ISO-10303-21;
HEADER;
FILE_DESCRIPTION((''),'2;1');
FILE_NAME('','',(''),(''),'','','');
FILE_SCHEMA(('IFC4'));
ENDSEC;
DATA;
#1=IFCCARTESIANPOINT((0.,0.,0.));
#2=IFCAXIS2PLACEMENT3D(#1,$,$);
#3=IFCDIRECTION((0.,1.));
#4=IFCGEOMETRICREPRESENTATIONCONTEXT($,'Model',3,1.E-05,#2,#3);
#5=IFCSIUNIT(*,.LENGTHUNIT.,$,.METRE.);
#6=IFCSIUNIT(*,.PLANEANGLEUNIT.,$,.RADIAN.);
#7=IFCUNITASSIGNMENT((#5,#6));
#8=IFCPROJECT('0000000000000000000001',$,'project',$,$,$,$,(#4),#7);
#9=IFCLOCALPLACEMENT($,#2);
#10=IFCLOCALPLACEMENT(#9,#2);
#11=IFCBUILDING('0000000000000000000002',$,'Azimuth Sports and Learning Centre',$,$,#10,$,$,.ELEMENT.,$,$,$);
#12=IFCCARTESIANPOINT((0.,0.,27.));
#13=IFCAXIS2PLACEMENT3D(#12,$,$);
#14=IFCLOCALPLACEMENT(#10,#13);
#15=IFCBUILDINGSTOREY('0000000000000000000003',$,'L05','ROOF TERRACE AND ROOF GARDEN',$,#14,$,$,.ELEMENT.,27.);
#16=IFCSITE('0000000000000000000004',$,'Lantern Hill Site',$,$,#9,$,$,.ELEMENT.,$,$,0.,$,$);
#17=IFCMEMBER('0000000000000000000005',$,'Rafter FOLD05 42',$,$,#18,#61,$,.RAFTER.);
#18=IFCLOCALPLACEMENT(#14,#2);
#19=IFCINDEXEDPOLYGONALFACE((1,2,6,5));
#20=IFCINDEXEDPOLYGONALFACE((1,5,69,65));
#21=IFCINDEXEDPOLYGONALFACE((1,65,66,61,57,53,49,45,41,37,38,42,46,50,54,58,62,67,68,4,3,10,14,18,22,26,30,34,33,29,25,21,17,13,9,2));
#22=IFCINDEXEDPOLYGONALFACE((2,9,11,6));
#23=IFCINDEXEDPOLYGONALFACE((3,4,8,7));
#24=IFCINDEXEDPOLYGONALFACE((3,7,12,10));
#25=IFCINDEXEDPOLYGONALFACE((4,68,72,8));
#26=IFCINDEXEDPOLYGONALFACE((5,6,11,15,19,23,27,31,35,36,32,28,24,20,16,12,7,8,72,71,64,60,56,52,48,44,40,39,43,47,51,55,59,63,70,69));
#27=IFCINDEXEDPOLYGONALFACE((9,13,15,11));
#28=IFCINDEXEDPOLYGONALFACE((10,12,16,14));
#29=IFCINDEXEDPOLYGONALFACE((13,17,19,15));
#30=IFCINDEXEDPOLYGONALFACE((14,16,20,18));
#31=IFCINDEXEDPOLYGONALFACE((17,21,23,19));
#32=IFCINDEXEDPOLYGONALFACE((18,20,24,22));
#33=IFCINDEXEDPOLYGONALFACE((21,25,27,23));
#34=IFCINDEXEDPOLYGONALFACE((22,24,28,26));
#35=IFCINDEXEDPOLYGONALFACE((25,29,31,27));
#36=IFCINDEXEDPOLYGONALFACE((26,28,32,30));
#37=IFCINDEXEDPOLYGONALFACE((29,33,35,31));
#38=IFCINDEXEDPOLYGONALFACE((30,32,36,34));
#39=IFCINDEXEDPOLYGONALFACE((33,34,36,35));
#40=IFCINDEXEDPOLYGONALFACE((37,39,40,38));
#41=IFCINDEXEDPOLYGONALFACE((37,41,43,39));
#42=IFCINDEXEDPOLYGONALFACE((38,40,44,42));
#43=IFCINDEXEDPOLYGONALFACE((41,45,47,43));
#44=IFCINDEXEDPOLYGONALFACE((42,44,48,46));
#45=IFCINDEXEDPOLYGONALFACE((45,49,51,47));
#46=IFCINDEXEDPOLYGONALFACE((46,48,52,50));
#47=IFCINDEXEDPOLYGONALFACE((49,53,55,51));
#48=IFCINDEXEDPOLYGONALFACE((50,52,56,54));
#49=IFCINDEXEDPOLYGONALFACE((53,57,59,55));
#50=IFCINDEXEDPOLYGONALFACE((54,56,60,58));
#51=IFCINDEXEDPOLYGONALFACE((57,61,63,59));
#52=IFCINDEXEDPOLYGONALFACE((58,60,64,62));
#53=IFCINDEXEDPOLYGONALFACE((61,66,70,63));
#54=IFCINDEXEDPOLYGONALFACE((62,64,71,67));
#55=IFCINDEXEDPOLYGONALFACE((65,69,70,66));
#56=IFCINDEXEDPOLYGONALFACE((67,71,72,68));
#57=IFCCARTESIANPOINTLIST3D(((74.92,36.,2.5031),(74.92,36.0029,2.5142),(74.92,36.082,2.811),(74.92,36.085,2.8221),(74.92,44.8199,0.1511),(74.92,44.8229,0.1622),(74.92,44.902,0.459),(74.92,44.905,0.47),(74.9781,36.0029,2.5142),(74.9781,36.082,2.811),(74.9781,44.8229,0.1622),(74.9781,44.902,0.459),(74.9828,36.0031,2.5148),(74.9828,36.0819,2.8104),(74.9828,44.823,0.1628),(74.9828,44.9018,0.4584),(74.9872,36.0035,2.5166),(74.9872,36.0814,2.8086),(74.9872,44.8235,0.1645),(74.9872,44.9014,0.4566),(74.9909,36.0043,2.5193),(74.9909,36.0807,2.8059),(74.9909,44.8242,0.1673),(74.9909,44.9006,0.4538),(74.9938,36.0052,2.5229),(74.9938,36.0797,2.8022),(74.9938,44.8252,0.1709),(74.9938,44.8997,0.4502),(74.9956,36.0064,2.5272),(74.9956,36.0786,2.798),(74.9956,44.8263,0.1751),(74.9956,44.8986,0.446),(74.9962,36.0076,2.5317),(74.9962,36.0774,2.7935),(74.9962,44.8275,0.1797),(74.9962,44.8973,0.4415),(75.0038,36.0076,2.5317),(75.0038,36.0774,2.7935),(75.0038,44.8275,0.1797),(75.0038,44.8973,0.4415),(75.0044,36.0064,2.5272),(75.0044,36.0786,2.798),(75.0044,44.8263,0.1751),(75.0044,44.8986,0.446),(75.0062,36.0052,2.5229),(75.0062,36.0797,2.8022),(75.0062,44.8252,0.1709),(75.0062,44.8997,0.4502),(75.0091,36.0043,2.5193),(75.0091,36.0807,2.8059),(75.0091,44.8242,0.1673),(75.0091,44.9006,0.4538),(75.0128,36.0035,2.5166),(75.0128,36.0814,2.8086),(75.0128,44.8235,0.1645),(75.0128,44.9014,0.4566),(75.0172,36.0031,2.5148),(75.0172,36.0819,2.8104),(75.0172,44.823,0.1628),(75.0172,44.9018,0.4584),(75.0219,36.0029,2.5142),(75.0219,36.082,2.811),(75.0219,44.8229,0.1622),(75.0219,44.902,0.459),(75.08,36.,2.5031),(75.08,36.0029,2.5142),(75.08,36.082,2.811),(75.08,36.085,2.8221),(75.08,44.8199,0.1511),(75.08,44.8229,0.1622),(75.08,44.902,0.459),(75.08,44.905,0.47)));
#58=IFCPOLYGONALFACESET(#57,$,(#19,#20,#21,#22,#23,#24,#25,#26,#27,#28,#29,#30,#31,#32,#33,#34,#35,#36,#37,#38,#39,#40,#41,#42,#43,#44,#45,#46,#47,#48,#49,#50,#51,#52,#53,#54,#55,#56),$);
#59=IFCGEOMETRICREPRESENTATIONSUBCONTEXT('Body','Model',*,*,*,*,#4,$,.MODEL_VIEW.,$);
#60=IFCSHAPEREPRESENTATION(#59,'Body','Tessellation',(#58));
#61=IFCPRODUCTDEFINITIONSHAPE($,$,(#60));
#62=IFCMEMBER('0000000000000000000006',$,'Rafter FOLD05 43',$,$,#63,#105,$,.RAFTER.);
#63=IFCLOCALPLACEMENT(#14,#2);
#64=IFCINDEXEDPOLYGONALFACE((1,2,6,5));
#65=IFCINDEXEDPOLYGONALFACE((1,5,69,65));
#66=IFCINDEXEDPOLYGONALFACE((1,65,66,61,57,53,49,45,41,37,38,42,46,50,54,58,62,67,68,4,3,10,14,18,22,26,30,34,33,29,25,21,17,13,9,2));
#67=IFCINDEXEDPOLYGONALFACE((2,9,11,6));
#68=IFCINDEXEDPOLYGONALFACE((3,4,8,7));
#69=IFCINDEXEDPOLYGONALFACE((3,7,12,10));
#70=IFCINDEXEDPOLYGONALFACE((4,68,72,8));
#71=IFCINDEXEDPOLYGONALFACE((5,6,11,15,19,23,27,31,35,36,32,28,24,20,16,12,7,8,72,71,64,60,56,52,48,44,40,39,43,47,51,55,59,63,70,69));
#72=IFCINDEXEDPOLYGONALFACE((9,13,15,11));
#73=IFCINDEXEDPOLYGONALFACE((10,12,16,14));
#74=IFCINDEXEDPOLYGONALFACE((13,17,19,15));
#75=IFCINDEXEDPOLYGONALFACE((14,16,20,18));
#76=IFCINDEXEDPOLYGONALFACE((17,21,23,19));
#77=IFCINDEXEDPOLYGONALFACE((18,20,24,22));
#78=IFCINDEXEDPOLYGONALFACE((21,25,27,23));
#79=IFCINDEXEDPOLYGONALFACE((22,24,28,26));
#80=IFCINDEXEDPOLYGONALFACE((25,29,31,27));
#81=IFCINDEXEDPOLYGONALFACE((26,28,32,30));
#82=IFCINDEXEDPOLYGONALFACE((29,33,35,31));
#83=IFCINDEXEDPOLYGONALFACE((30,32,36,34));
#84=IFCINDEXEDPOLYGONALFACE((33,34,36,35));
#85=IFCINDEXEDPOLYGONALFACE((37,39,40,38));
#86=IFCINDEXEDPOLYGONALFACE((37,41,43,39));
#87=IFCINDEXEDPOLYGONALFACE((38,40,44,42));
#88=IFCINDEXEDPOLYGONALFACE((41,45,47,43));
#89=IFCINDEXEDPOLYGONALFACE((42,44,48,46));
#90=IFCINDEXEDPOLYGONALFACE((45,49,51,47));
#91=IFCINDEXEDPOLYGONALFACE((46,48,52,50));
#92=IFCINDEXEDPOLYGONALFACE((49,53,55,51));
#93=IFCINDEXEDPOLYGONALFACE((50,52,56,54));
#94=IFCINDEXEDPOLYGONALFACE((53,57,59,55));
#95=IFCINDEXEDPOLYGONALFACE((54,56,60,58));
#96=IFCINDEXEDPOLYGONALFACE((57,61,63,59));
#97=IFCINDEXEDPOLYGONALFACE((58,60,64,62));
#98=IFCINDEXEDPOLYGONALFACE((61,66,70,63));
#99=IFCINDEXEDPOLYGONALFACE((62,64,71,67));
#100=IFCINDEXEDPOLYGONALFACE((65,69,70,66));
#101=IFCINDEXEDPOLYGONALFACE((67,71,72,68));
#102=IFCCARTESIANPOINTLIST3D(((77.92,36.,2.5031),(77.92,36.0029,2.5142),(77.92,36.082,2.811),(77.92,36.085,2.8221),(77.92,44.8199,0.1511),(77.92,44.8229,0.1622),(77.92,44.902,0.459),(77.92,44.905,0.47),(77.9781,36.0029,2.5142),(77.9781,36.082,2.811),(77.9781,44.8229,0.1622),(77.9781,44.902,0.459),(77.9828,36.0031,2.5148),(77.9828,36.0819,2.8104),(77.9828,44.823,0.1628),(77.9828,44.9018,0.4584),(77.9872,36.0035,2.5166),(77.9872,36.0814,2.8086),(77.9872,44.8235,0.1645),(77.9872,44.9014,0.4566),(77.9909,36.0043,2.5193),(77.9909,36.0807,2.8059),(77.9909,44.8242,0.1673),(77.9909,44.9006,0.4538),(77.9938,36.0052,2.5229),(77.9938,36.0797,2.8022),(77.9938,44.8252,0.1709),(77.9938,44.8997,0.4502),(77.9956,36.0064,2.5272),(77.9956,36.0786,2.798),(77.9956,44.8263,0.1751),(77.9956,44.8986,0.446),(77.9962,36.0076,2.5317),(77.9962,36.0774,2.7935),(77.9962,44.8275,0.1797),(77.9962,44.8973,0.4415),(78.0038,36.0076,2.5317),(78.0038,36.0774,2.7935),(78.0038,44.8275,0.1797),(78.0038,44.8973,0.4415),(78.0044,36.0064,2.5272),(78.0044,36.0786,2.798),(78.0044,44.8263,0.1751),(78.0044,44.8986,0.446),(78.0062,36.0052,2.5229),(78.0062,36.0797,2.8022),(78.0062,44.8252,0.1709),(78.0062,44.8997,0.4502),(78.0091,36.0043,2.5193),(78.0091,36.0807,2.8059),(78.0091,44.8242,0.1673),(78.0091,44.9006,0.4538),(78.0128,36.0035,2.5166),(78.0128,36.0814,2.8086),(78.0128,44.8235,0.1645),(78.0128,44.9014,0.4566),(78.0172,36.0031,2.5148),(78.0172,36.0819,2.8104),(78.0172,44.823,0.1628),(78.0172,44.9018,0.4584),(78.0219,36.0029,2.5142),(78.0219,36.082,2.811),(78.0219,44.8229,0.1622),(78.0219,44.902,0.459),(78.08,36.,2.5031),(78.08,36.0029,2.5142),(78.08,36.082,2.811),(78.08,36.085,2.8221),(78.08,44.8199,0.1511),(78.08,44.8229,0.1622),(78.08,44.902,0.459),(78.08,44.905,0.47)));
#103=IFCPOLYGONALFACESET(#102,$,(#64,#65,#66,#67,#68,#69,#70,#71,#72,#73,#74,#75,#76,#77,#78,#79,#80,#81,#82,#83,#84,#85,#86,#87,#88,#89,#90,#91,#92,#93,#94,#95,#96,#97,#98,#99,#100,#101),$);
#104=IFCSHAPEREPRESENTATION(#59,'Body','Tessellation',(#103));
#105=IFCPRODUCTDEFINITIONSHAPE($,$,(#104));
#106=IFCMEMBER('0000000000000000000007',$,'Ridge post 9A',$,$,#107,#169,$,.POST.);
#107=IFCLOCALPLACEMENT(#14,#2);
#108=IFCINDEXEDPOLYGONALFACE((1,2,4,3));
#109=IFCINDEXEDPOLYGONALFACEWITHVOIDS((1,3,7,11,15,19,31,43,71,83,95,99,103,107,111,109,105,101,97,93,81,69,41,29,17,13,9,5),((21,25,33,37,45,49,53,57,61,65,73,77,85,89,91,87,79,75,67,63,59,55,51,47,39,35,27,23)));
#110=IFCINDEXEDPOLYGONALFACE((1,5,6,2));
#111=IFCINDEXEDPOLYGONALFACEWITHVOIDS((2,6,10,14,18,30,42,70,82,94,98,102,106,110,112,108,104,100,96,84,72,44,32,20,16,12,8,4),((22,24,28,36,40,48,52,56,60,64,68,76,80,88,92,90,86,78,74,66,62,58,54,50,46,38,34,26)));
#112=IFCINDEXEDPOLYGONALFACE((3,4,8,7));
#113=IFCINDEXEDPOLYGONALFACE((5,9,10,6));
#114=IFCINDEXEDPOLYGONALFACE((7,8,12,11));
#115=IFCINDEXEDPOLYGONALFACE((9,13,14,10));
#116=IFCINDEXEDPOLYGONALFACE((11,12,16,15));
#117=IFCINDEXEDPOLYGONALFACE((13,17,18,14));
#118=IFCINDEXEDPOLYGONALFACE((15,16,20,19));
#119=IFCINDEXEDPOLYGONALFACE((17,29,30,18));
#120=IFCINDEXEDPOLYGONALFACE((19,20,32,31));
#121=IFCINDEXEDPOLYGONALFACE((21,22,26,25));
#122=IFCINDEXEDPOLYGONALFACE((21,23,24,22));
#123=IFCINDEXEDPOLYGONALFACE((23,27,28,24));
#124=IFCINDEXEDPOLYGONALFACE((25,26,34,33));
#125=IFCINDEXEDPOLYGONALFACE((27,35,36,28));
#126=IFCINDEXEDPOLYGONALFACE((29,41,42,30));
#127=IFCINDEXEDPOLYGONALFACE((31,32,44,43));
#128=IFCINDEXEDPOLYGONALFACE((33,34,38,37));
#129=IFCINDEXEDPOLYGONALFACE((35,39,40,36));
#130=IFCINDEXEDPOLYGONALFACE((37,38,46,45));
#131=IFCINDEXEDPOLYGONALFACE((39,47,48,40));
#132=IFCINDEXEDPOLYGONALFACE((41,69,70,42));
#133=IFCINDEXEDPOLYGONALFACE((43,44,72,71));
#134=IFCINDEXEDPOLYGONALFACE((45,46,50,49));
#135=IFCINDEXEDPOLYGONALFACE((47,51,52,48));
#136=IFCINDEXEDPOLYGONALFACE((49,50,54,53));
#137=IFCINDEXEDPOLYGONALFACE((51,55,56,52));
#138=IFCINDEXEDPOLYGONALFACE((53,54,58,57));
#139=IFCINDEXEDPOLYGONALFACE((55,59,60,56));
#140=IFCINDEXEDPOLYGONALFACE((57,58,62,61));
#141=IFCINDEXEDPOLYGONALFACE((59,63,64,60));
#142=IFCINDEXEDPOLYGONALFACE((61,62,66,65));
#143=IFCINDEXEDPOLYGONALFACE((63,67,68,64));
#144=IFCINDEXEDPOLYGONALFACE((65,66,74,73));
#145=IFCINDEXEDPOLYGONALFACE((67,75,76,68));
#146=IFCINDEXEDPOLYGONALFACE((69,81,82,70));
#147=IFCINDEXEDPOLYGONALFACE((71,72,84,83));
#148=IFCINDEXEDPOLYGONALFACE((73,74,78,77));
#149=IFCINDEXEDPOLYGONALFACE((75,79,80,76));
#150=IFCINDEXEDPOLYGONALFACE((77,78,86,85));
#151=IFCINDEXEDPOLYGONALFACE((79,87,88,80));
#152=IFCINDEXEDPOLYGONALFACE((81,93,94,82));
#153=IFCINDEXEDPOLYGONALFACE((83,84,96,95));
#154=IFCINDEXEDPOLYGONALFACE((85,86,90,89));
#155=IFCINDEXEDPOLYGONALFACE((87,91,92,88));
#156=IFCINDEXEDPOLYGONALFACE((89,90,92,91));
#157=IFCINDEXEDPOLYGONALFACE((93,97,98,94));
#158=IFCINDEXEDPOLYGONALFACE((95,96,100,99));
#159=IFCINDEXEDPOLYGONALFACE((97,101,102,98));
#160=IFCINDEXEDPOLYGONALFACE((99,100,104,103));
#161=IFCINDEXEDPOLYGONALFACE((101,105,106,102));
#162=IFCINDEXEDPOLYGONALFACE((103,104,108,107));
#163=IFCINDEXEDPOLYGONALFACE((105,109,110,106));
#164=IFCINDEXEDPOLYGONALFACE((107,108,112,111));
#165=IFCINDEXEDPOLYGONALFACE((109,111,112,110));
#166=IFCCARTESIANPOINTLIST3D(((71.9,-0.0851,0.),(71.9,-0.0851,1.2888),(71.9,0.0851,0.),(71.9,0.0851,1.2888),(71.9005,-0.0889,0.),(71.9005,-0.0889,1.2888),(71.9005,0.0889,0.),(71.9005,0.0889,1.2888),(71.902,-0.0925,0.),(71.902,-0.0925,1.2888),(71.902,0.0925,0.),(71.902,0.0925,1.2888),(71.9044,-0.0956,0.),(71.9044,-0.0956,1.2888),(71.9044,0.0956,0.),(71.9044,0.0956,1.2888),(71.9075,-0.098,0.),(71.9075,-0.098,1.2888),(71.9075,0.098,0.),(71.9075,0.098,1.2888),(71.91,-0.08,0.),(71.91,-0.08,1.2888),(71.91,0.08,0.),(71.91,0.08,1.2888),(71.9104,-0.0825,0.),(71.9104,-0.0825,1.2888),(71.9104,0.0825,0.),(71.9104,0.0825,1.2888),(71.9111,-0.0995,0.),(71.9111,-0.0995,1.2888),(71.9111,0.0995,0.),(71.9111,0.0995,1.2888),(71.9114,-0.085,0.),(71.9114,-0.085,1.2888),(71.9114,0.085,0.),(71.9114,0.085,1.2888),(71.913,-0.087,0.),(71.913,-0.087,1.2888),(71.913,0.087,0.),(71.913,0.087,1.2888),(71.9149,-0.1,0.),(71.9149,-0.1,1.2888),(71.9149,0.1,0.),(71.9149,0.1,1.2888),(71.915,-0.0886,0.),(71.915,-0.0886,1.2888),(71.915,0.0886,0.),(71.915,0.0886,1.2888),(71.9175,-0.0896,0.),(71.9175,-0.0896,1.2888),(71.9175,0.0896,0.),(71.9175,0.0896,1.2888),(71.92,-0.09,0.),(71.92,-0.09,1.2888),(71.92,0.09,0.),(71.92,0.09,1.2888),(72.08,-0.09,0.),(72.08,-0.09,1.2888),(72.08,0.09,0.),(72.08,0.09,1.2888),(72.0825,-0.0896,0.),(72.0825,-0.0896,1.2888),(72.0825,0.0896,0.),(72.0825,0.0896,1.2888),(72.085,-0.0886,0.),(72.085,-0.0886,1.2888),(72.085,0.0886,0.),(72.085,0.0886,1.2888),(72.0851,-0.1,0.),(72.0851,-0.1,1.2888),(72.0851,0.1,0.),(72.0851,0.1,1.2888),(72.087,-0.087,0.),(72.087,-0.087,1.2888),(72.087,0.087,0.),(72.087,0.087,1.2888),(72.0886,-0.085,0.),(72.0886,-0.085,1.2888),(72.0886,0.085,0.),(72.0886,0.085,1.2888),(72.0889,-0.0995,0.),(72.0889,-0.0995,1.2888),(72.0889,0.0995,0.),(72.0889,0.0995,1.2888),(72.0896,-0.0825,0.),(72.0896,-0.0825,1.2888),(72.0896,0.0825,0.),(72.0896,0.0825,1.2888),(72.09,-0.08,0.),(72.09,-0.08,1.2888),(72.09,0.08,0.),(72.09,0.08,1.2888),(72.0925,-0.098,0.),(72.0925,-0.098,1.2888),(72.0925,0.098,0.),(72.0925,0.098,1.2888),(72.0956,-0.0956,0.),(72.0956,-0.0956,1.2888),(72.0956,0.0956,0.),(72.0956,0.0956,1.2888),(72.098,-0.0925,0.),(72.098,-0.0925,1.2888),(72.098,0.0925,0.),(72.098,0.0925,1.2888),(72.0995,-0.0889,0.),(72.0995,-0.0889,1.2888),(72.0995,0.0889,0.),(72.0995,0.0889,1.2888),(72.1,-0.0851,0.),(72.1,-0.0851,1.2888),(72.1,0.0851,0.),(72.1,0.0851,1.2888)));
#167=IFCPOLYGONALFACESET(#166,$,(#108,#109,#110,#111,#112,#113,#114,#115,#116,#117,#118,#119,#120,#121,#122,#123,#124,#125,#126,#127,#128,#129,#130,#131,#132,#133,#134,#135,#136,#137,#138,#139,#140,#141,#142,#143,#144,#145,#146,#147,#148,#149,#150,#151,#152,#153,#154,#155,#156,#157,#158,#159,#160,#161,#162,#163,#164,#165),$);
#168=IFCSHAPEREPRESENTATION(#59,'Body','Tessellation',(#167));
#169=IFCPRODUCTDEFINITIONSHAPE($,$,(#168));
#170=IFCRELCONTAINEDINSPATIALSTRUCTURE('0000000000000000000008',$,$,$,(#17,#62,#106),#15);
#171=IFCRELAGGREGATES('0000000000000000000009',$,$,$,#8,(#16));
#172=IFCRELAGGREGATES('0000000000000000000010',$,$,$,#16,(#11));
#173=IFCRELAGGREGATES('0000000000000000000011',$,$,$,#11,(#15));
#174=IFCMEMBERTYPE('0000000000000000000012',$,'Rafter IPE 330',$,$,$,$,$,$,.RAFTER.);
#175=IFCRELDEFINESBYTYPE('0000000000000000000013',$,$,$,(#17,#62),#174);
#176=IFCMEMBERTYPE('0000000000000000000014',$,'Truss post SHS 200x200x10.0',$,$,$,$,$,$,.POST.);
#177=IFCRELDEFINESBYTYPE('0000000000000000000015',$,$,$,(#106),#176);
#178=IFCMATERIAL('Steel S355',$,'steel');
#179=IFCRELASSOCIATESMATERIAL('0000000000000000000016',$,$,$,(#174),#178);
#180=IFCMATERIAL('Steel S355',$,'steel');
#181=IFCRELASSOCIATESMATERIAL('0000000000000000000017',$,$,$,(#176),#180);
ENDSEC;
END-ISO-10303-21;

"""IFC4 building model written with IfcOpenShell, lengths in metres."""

from ifc_helpers import new_model, si_unit, direction, frame, origin, origin_2d, place, context, subcontext, project, spatial, hollow_rectangle, i_section, extrude, material, material_profile, profile_set, type_object, element, save


model = new_model("IFC4")

# Units and contexts
model_context = context("Model", 3, precision=1e-05, world=origin(), true_north=direction((0.0, 1.0)))
body_context = subcontext(model_context, "Body", "Model", "MODEL_VIEW")
ifc_project = project(units=[si_unit("LENGTHUNIT", "METRE"), si_unit("PLANEANGLEUNIT", "RADIAN")], contexts=[model_context])

# Site, building, storey
site_placement = place(None, origin())
site = spatial("IfcSite", under=ifc_project, at=site_placement, Name="Lantern Hill Site", CompositionType="ELEMENT", RefElevation=0.0)
building_placement = place(site_placement, origin())
building = spatial("IfcBuilding", under=site, at=building_placement, Name="Azimuth Sports and Learning Centre", CompositionType="ELEMENT")
storey_placement = place(building_placement, frame((0.0, 0.0, 27.0)))
storey = spatial("IfcBuildingStorey", under=building, at=storey_placement, Name="L05", Description="ROOF TERRACE AND ROOF GARDEN", CompositionType="ELEMENT", Elevation=27.0)

# Members
ifc_material_1 = material(Name="Steel S355", Category="steel")
ifc_material_profile_1 = material_profile(ifc_material_1, i_section(OverallWidth=0.1599, OverallDepth=0.3301, WebThickness=0.0076, FlangeThickness=0.0115, FilletRadius=0.0181, at=origin_2d()), Name="IPE 330")
ifc_profile_set_1 = profile_set([ifc_material_profile_1], Name="Steel S355")
member_type_1 = type_object("IfcMemberType", Name="Rafter IPE 330", PredefinedType="RAFTER", material=ifc_profile_set_1)
for number, where, z_axis, x_axis, name in (
    (1, (75.0, 36.0425, 2.6626), (0.0, 0.966234, -0.257666), (-1.0, 0.0, 0.0), "Rafter FOLD05 42"),
    (2, (78.0, 36.0425, 2.6626), (0.0, 0.966234, -0.257666), (-1.0, 0.0, 0.0), "Rafter FOLD05 43"),
):
    element("IfcMember", number, at=place(storey_placement, frame(where, z_axis=z_axis, x_axis=x_axis)), inside=storey, type_object=member_type_1, Name=name, PredefinedType="RAFTER", context=body_context, shape_type="SweptSolid", body=[
        extrude(i_section(OverallWidth=0.1599, OverallDepth=0.3301, WebThickness=0.0076, FlangeThickness=0.0115, FilletRadius=0.0181, at=origin_2d()), origin(), (0.0, 0.0, 1.0), 9.1282),
    ])
ifc_material_2 = material(Name="Steel S355", Category="steel")
ifc_material_profile_2 = material_profile(ifc_material_2, hollow_rectangle(XDim=0.2, YDim=0.2, WallThickness=0.01, InnerFilletRadius=0.01, OuterFilletRadius=0.0149, at=origin_2d()), Name="SHS 200x200x10.0")
ifc_profile_set_2 = profile_set([ifc_material_profile_2], Name="Steel S355")
member_type_2 = type_object("IfcMemberType", Name="Truss post SHS 200x200x10.0", PredefinedType="POST", material=ifc_profile_set_2)
for number, where, z_axis, x_axis, name in (
    (3, (72.0, 0.0, 0.0), (0.0, 0.0, 1.0), (1.0, 0.0, 0.0), "Ridge post 9A"),
):
    element("IfcMember", number, at=place(storey_placement, frame(where, z_axis=z_axis, x_axis=x_axis)), inside=storey, type_object=member_type_2, Name=name, PredefinedType="POST", context=body_context, shape_type="SweptSolid", body=[
        extrude(hollow_rectangle(XDim=0.2, YDim=0.2, WallThickness=0.01, InnerFilletRadius=0.01, OuterFilletRadius=0.0149, at=origin_2d()), origin(), (0.0, 0.0, 1.0), 1.2888),
    ])

save(model, "model.ifc")
